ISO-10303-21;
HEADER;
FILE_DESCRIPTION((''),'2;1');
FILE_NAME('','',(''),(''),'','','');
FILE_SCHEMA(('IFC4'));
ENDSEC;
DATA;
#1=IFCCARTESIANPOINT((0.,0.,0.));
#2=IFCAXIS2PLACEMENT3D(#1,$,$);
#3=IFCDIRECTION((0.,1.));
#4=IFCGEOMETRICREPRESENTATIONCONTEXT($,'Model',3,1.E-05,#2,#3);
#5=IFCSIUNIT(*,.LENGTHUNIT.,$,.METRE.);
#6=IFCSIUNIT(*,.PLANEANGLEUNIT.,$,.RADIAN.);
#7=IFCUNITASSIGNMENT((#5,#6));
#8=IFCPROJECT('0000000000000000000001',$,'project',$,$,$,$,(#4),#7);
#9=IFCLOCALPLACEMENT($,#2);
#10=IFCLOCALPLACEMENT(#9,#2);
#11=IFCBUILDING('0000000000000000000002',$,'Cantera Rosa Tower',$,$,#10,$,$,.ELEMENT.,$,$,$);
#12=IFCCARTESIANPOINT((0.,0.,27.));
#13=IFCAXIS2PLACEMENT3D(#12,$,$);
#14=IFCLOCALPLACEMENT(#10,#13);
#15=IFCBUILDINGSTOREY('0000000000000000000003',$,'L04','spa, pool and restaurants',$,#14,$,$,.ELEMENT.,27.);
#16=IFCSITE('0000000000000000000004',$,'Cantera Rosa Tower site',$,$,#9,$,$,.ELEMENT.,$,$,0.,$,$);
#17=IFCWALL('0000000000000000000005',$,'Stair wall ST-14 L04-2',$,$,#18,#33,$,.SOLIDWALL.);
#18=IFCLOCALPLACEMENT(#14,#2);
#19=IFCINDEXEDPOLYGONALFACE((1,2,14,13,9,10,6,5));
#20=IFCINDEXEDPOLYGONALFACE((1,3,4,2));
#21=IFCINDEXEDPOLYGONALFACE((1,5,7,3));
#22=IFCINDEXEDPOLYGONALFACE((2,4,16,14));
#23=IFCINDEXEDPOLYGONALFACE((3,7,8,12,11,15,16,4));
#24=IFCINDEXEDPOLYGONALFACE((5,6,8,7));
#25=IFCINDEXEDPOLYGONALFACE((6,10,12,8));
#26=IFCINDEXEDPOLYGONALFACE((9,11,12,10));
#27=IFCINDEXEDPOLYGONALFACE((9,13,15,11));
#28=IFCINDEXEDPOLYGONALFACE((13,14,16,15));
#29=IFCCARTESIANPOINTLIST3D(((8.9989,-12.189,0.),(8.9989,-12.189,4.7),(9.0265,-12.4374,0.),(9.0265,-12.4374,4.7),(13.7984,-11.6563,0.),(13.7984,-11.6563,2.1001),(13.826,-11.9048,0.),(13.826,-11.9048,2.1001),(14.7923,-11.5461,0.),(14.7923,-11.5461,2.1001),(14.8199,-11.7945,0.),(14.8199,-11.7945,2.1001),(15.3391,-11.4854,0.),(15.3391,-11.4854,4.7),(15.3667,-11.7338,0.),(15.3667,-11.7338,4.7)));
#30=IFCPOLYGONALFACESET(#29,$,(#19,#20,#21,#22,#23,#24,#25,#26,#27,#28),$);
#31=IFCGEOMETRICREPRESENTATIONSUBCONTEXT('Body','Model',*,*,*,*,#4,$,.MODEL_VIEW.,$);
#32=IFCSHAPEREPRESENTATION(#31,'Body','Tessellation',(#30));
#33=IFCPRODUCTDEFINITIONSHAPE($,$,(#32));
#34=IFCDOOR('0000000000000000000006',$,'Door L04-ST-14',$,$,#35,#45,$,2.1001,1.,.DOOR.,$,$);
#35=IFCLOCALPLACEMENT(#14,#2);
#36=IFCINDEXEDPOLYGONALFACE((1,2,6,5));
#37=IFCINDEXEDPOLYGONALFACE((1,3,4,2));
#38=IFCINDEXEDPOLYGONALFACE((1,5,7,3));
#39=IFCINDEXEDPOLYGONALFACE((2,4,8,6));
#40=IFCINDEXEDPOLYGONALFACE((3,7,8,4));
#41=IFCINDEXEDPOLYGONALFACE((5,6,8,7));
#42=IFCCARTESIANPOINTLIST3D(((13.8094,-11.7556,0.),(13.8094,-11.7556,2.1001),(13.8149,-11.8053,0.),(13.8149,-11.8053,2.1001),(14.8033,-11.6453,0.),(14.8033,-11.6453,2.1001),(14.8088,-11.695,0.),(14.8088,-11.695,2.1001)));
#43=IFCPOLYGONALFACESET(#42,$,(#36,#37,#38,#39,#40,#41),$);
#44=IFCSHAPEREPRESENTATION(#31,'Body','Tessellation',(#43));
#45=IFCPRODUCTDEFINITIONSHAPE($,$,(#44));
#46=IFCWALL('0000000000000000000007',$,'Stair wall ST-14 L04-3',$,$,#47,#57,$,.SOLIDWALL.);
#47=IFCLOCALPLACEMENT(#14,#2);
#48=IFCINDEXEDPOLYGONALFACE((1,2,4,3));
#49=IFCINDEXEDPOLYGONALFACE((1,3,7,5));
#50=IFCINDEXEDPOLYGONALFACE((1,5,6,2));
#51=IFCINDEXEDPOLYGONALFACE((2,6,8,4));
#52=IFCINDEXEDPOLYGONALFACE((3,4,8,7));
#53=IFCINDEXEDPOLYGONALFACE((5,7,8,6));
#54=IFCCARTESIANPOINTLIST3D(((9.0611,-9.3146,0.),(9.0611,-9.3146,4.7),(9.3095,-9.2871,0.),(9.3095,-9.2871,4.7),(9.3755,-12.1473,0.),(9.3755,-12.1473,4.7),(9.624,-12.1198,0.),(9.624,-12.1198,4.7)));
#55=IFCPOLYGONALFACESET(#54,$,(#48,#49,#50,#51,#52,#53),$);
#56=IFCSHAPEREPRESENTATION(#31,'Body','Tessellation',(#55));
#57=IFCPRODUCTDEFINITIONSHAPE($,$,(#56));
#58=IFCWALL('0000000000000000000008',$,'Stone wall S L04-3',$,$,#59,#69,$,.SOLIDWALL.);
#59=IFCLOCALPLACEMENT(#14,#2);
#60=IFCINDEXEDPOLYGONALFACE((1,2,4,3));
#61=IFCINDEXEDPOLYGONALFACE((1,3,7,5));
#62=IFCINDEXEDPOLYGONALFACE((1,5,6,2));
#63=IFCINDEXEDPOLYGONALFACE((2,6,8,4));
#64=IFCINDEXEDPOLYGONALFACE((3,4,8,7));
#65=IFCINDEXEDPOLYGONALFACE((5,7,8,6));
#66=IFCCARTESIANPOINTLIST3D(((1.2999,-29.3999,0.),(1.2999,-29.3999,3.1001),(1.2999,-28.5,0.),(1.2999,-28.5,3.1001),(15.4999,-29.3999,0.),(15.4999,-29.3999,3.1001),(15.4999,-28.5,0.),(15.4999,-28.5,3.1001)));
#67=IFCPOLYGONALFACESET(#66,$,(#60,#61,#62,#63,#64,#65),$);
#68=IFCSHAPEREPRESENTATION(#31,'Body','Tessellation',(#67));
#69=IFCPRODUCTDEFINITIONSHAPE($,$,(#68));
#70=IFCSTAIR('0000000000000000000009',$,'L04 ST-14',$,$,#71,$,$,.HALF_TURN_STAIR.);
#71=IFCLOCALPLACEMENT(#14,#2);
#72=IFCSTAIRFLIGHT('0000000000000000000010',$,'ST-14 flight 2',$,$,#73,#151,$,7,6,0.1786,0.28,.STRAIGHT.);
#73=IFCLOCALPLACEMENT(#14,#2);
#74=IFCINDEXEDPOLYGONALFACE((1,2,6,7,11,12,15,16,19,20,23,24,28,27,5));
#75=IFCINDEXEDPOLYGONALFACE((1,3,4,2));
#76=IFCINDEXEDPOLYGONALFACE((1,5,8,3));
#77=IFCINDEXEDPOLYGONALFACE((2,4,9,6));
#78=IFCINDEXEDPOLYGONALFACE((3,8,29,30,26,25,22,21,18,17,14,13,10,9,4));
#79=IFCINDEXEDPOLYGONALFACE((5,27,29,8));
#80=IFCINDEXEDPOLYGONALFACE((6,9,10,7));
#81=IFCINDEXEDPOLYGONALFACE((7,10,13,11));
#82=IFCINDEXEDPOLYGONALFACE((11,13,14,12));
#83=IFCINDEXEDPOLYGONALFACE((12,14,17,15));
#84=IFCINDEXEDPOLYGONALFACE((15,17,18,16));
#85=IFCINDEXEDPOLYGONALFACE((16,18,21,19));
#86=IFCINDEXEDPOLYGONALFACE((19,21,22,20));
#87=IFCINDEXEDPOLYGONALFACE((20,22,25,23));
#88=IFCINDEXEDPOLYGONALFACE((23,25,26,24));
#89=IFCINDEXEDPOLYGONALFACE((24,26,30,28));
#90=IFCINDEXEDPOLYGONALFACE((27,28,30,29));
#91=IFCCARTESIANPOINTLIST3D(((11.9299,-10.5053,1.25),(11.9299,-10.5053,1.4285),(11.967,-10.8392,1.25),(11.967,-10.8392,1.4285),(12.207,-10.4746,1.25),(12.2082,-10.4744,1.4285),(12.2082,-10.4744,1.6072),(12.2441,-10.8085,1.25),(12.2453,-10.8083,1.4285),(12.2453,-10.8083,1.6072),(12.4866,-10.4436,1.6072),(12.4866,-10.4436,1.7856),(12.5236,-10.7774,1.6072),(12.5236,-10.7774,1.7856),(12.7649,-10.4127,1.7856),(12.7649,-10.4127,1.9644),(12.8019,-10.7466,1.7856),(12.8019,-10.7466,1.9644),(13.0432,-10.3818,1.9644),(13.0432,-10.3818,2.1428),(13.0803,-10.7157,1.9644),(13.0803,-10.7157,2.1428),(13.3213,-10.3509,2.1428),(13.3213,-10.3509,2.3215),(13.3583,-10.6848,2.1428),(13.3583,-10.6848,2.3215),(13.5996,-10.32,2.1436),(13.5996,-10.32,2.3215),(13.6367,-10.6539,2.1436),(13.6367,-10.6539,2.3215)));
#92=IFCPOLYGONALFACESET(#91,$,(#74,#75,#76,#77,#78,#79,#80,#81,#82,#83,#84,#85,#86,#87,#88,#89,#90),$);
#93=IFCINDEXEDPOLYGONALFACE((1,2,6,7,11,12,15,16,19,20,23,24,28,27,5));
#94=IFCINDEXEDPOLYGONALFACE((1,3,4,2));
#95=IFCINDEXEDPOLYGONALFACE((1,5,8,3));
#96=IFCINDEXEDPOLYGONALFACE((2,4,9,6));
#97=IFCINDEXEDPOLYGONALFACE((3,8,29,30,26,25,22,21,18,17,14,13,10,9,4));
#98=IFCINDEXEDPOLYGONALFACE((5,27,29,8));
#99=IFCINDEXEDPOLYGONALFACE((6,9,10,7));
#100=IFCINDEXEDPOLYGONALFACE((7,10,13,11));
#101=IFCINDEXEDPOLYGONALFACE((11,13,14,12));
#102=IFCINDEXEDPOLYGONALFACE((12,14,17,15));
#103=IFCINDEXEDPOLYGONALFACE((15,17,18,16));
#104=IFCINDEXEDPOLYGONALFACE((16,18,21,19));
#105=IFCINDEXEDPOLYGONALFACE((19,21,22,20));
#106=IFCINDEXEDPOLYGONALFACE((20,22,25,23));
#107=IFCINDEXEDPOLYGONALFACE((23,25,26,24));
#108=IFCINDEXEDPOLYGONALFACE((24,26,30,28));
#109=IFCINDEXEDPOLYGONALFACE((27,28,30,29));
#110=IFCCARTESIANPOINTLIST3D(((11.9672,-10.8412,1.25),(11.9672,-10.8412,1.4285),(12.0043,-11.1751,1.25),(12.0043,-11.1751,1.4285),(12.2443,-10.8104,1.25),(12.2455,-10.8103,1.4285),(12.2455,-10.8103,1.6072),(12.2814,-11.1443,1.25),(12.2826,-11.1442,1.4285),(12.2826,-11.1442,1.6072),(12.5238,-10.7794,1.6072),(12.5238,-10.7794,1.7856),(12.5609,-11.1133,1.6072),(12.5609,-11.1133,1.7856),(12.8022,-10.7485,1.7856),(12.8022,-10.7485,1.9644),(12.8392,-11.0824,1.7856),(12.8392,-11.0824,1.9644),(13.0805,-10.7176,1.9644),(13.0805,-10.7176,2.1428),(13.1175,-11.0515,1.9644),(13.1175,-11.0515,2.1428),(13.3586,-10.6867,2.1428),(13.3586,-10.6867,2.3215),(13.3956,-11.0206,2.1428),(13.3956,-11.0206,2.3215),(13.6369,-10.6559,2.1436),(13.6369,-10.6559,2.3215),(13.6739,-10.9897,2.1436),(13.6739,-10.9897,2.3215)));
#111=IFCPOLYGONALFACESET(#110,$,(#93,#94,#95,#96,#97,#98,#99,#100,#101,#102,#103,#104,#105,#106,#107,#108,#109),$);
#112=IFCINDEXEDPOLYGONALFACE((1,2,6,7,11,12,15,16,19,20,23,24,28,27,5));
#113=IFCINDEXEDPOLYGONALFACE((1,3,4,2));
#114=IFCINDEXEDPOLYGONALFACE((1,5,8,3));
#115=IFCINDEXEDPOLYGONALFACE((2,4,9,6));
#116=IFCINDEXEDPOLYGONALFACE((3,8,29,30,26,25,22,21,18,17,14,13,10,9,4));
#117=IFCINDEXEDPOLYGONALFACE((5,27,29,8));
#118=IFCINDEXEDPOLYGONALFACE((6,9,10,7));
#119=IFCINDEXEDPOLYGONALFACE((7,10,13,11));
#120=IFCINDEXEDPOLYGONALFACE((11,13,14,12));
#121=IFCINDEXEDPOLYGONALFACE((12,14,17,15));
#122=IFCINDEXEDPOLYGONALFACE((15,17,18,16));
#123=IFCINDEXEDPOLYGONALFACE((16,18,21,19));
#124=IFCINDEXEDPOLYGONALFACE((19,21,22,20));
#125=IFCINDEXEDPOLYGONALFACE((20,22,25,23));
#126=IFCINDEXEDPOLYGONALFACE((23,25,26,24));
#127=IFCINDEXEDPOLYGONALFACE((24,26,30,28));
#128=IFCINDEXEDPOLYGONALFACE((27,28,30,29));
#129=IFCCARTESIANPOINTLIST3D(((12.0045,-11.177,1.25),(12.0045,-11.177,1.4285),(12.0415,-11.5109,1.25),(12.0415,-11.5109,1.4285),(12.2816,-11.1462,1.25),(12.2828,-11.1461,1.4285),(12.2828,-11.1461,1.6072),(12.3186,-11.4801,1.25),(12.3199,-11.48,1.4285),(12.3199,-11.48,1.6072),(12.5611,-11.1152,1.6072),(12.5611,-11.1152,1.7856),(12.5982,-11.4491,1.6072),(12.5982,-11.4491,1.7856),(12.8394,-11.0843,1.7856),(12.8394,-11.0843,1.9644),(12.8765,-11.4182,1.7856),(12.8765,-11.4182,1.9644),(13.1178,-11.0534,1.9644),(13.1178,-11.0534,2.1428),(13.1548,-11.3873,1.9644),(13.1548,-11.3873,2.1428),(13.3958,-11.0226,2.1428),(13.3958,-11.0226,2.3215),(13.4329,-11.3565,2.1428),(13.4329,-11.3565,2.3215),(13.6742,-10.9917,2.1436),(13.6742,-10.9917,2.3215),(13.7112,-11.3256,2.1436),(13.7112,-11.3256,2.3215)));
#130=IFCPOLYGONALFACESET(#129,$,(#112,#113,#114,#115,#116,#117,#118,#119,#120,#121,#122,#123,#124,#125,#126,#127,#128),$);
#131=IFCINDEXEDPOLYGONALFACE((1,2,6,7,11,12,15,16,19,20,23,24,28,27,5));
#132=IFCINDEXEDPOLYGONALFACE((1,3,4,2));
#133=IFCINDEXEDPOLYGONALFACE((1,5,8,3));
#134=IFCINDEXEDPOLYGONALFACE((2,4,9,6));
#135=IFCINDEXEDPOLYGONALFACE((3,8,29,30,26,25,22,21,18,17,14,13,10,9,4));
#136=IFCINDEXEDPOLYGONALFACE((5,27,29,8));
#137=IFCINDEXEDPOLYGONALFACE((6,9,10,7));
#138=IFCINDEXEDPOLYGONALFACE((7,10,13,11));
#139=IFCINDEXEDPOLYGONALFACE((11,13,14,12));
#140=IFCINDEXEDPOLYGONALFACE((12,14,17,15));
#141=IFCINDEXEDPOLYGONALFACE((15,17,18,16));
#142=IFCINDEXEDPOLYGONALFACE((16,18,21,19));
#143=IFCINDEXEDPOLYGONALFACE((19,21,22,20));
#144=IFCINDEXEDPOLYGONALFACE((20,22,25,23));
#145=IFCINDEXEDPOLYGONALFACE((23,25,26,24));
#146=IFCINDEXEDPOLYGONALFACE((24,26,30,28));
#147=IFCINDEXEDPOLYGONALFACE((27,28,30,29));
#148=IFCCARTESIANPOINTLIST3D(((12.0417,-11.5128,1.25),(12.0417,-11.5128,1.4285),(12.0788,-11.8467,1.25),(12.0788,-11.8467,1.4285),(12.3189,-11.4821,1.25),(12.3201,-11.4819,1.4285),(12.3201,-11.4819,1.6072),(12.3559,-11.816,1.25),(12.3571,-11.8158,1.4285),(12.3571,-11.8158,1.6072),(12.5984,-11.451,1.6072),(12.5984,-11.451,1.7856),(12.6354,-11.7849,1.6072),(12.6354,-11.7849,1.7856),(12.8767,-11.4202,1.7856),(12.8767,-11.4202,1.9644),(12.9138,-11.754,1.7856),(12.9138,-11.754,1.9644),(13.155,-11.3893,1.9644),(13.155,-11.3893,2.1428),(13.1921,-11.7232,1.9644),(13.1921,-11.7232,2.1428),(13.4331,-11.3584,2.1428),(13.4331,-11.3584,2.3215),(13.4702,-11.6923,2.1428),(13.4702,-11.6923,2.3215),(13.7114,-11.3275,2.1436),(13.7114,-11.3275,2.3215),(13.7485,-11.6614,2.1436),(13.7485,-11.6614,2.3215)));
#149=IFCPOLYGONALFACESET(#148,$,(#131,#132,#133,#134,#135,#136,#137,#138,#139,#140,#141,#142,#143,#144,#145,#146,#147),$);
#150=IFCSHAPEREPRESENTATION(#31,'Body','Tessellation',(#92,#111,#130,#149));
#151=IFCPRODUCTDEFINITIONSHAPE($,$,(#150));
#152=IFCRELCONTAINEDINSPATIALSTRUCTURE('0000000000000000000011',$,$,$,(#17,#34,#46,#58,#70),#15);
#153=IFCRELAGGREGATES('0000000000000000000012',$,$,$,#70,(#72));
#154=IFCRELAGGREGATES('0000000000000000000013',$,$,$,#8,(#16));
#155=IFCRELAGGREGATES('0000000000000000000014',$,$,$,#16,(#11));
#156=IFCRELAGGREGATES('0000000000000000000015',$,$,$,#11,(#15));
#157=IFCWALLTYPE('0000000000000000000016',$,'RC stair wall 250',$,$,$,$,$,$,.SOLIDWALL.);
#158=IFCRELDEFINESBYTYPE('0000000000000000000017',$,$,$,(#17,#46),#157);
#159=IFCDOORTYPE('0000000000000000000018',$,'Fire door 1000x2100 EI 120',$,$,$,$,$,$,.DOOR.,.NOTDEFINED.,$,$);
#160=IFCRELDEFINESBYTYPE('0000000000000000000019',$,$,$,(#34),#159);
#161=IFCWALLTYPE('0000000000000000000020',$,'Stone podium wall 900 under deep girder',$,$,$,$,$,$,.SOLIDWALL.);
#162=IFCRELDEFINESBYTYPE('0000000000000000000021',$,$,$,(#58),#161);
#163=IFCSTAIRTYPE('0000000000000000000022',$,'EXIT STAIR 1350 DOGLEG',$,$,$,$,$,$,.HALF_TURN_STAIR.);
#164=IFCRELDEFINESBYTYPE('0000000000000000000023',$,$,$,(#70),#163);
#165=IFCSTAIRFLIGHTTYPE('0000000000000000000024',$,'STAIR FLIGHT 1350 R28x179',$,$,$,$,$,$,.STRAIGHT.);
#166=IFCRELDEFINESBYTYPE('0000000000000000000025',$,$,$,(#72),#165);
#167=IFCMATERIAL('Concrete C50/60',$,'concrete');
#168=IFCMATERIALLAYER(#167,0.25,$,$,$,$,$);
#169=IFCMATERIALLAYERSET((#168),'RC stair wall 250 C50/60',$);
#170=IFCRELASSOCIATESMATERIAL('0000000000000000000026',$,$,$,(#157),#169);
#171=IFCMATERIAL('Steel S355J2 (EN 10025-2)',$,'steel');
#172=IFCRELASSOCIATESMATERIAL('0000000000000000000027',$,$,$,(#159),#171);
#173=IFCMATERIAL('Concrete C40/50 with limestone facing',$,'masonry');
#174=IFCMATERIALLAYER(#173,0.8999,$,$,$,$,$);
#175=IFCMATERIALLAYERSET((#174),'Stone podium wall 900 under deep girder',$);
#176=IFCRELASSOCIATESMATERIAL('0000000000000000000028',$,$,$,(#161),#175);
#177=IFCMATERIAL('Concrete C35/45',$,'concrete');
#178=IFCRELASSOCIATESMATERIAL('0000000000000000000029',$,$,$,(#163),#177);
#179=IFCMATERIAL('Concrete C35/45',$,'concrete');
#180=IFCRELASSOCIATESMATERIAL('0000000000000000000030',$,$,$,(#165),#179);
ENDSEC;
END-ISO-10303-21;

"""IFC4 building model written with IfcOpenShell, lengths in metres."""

from ifc_helpers import new_model, si_unit, direction, frame, frame_2d, origin, place, context, subcontext, project, spatial, polyline, rectangle, outline, extrude, material, layer, layer_set, type_object, element, fill, aggregate, save


model = new_model("IFC4")

# Units and contexts
model_context = context("Model", 3, precision=1e-05, world=origin(), true_north=direction((0.0, 1.0)))
body_context = subcontext(model_context, "Body", "Model", "MODEL_VIEW")
ifc_project = project(units=[si_unit("LENGTHUNIT", "METRE"), si_unit("PLANEANGLEUNIT", "RADIAN")], contexts=[model_context])

# Site, building, storey
site_placement = place(None, origin())
site = spatial("IfcSite", under=ifc_project, at=site_placement, Name="Cantera Rosa Tower site", CompositionType="ELEMENT", RefElevation=0.0)
building_placement = place(site_placement, origin())
building = spatial("IfcBuilding", under=site, at=building_placement, Name="Cantera Rosa Tower", CompositionType="ELEMENT")
storey_placement = place(building_placement, frame((0.0, 0.0, 27.0)))
storey = spatial("IfcBuildingStorey", under=building, at=storey_placement, Name="L04", Description="spa, pool and restaurants", CompositionType="ELEMENT", Elevation=27.0)

# Wall, opening, door
ifc_material_1 = material(Name="Concrete C50/60", Category="concrete")
ifc_layer_1 = layer(ifc_material_1, 0.25)
ifc_layer_set_1 = layer_set([ifc_layer_1], Name="RC stair wall 250 C50/60")
wall_type_1 = type_object("IfcWallType", Name="RC stair wall 250", PredefinedType="SOLIDWALL", material=ifc_layer_set_1)
wall_1_placement = place(storey_placement, frame((15.3528, -11.6096, 0.0), z_axis=(0.0, 0.0, 1.0), x_axis=(-0.993899, -0.110297, 0.0)))
wall_1 = element("IfcWall", 1, at=wall_1_placement, inside=storey, type_object=wall_type_1, Name="Stair wall ST-14 L04-2", PredefinedType="SOLIDWALL", context=body_context, shape_type="SweptSolid", body=[
    extrude(rectangle(XDim=6.3792, YDim=0.25, at=frame_2d((3.1895, 0.0))), origin(), (0.0, 0.0, 1.0), 4.7),
])
opening_1_placement = place(wall_1_placement, frame((0.55, 0.0, 0.0)))
opening_1 = element("IfcOpeningElement", 2, at=opening_1_placement, cuts=wall_1, PredefinedType="OPENING", context=body_context, shape_type="SweptSolid", body=[
    extrude(rectangle(XDim=1.0, YDim=2.1001, at=frame_2d((0.5, 1.05))), frame((0.0, 0.135, 0.0), z_axis=(0.0, -1.0, 0.0), x_axis=(1.0, 0.0, 0.0)), (0.0, 0.0, 1.0), 0.27),
])
ifc_material_2 = material(Name="Steel S355J2 (EN 10025-2)", Category="steel")
door_type_1 = type_object("IfcDoorType", Name="Fire door 1000x2100 EI 120", OperationType="NOTDEFINED", PredefinedType="DOOR", material=ifc_material_2)
door_1_placement = place(opening_1_placement, origin())
door_1 = element("IfcDoor", 3, at=door_1_placement, inside=storey, type_object=door_type_1, Name="Door L04-ST-14", OverallHeight=2.1001, OverallWidth=1.0, PredefinedType="DOOR", context=body_context, shape_type="SweptSolid", body=[
    extrude(rectangle(XDim=1.0, YDim=2.1001, at=frame_2d((0.5, 1.05))), frame((0.0, 0.0249, 0.0), z_axis=(0.0, -1.0, 0.0), x_axis=(1.0, 0.0, 0.0)), (0.0, 0.0, 1.0), 0.05),
])
fill(opening_1, door_1)

# Walls
wall_2_placement = place(storey_placement, frame((9.4998, -12.1335, 0.0), z_axis=(0.0, 0.0, 1.0), x_axis=(-0.110328, 0.993895, 0.0)))
element("IfcWall", 4, at=wall_2_placement, inside=storey, type_object=wall_type_1, Name="Stair wall ST-14 L04-3", PredefinedType="SOLIDWALL", context=body_context, shape_type="SweptSolid", body=[
    extrude(rectangle(XDim=2.8501, YDim=0.25, at=frame_2d((1.425, 0.0))), origin(), (0.0, 0.0, 1.0), 4.7),
])
ifc_material_3 = material(Name="Concrete C40/50 with limestone facing", Category="masonry")
ifc_layer_2 = layer(ifc_material_3, 0.8999)
ifc_layer_set_2 = layer_set([ifc_layer_2], Name="Stone podium wall 900 under deep girder")
wall_type_2 = type_object("IfcWallType", Name="Stone podium wall 900 under deep girder", PredefinedType="SOLIDWALL", material=ifc_layer_set_2)
wall_3_placement = place(storey_placement, frame((15.5, -28.95, 0.0), z_axis=(0.0, 0.0, 1.0), x_axis=(-1.0, 0.0, 0.0)))
element("IfcWall", 5, at=wall_3_placement, inside=storey, type_object=wall_type_2, Name="Stone wall S L04-3", PredefinedType="SOLIDWALL", context=body_context, shape_type="SweptSolid", body=[
    extrude(rectangle(XDim=14.2, YDim=0.8999, at=frame_2d((7.1001, 0.0))), origin(), (0.0, 0.0, 1.0), 3.1001),
])

# Stair, stair flight
ifc_material_4 = material(Name="Concrete C35/45", Category="concrete")
stair_type = type_object("IfcStairType", Name="EXIT STAIR 1350 DOGLEG", PredefinedType="HALF_TURN_STAIR", material=ifc_material_4)
stair_placement = place(storey_placement, origin())
stair = element("IfcStair", 6, at=stair_placement, inside=storey, type_object=stair_type, Name="L04 ST-14", PredefinedType="HALF_TURN_STAIR")
ifc_material_5 = material(Name="Concrete C35/45", Category="concrete")
stair_flight_type = type_object("IfcStairFlightType", Name="STAIR FLIGHT 1350 R28x179", PredefinedType="STRAIGHT", material=ifc_material_5)
stair_flight_1_placement = place(storey_placement, frame((12.0044, -11.1763, 1.25), z_axis=(0.0, 0.0, 1.0), x_axis=(0.993897, 0.110313, 0.0)))
stair_flight_1 = element("IfcStairFlight", 7, at=stair_flight_1_placement, type_object=stair_flight_type, Name="ST-14 flight 2", NumberOfRisers=7, NumberOfTreads=6, PredefinedType="STRAIGHT", RiserHeight=0.1786, TreadLength=0.28, context=body_context, shape_type="SweptSolid", body=[
    extrude(outline(polyline([(0.0, 0.0), (0.0, 0.1785), (0.28, 0.1785), (0.28, 0.3572), (0.5601, 0.3572), (0.5601, 0.5356), (0.8401, 0.5356), (0.8401, 0.7144), (1.1201, 0.7144), (1.1201, 0.8928), (1.3999, 0.8928), (1.3999, 1.0715), (1.6799, 1.0715), (1.6799, 1.25), (1.6799, 0.8936), (0.2788, 0.0), (0.0, 0.0)])), frame((0.0, 0.675, 0.0), z_axis=(0.0, -1.0, 0.0), x_axis=(1.0, 0.0, 0.0)), (0.0, 0.0, 1.0), 0.3359),
    extrude(outline(polyline([(0.0, 0.0), (0.0, 0.1785), (0.28, 0.1785), (0.28, 0.3572), (0.5601, 0.3572), (0.5601, 0.5356), (0.8401, 0.5356), (0.8401, 0.7144), (1.1201, 0.7144), (1.1201, 0.8928), (1.3999, 0.8928), (1.3999, 1.0715), (1.6799, 1.0715), (1.6799, 1.25), (1.6799, 0.8936), (0.2788, 0.0), (0.0, 0.0)])), frame((0.0, 0.3372, 0.0), z_axis=(0.0, -1.0, 0.0), x_axis=(1.0, 0.0, 0.0)), (0.0, 0.0, 1.0), 0.3359),
    extrude(outline(polyline([(0.0, 0.0), (0.0, 0.1785), (0.28, 0.1785), (0.28, 0.3572), (0.5601, 0.3572), (0.5601, 0.5356), (0.8401, 0.5356), (0.8401, 0.7144), (1.1201, 0.7144), (1.1201, 0.8928), (1.3999, 0.8928), (1.3999, 1.0715), (1.6799, 1.0715), (1.6799, 1.25), (1.6799, 0.8936), (0.2788, 0.0), (0.0, 0.0)])), frame((0.0, -0.0007, 0.0), z_axis=(0.0, -1.0, 0.0), x_axis=(1.0, 0.0, 0.0)), (0.0, 0.0, 1.0), 0.3359),
    extrude(outline(polyline([(0.0, 0.0), (0.0, 0.1785), (0.28, 0.1785), (0.28, 0.3572), (0.5601, 0.3572), (0.5601, 0.5356), (0.8401, 0.5356), (0.8401, 0.7144), (1.1201, 0.7144), (1.1201, 0.8928), (1.3999, 0.8928), (1.3999, 1.0715), (1.6799, 1.0715), (1.6799, 1.25), (1.6799, 0.8936), (0.2788, 0.0), (0.0, 0.0)])), frame((0.0, -0.3386, 0.0), z_axis=(0.0, -1.0, 0.0), x_axis=(1.0, 0.0, 0.0)), (0.0, 0.0, 1.0), 0.3359),
])
aggregate(stair, [stair_flight_1])

save(model, "model.ifc")
